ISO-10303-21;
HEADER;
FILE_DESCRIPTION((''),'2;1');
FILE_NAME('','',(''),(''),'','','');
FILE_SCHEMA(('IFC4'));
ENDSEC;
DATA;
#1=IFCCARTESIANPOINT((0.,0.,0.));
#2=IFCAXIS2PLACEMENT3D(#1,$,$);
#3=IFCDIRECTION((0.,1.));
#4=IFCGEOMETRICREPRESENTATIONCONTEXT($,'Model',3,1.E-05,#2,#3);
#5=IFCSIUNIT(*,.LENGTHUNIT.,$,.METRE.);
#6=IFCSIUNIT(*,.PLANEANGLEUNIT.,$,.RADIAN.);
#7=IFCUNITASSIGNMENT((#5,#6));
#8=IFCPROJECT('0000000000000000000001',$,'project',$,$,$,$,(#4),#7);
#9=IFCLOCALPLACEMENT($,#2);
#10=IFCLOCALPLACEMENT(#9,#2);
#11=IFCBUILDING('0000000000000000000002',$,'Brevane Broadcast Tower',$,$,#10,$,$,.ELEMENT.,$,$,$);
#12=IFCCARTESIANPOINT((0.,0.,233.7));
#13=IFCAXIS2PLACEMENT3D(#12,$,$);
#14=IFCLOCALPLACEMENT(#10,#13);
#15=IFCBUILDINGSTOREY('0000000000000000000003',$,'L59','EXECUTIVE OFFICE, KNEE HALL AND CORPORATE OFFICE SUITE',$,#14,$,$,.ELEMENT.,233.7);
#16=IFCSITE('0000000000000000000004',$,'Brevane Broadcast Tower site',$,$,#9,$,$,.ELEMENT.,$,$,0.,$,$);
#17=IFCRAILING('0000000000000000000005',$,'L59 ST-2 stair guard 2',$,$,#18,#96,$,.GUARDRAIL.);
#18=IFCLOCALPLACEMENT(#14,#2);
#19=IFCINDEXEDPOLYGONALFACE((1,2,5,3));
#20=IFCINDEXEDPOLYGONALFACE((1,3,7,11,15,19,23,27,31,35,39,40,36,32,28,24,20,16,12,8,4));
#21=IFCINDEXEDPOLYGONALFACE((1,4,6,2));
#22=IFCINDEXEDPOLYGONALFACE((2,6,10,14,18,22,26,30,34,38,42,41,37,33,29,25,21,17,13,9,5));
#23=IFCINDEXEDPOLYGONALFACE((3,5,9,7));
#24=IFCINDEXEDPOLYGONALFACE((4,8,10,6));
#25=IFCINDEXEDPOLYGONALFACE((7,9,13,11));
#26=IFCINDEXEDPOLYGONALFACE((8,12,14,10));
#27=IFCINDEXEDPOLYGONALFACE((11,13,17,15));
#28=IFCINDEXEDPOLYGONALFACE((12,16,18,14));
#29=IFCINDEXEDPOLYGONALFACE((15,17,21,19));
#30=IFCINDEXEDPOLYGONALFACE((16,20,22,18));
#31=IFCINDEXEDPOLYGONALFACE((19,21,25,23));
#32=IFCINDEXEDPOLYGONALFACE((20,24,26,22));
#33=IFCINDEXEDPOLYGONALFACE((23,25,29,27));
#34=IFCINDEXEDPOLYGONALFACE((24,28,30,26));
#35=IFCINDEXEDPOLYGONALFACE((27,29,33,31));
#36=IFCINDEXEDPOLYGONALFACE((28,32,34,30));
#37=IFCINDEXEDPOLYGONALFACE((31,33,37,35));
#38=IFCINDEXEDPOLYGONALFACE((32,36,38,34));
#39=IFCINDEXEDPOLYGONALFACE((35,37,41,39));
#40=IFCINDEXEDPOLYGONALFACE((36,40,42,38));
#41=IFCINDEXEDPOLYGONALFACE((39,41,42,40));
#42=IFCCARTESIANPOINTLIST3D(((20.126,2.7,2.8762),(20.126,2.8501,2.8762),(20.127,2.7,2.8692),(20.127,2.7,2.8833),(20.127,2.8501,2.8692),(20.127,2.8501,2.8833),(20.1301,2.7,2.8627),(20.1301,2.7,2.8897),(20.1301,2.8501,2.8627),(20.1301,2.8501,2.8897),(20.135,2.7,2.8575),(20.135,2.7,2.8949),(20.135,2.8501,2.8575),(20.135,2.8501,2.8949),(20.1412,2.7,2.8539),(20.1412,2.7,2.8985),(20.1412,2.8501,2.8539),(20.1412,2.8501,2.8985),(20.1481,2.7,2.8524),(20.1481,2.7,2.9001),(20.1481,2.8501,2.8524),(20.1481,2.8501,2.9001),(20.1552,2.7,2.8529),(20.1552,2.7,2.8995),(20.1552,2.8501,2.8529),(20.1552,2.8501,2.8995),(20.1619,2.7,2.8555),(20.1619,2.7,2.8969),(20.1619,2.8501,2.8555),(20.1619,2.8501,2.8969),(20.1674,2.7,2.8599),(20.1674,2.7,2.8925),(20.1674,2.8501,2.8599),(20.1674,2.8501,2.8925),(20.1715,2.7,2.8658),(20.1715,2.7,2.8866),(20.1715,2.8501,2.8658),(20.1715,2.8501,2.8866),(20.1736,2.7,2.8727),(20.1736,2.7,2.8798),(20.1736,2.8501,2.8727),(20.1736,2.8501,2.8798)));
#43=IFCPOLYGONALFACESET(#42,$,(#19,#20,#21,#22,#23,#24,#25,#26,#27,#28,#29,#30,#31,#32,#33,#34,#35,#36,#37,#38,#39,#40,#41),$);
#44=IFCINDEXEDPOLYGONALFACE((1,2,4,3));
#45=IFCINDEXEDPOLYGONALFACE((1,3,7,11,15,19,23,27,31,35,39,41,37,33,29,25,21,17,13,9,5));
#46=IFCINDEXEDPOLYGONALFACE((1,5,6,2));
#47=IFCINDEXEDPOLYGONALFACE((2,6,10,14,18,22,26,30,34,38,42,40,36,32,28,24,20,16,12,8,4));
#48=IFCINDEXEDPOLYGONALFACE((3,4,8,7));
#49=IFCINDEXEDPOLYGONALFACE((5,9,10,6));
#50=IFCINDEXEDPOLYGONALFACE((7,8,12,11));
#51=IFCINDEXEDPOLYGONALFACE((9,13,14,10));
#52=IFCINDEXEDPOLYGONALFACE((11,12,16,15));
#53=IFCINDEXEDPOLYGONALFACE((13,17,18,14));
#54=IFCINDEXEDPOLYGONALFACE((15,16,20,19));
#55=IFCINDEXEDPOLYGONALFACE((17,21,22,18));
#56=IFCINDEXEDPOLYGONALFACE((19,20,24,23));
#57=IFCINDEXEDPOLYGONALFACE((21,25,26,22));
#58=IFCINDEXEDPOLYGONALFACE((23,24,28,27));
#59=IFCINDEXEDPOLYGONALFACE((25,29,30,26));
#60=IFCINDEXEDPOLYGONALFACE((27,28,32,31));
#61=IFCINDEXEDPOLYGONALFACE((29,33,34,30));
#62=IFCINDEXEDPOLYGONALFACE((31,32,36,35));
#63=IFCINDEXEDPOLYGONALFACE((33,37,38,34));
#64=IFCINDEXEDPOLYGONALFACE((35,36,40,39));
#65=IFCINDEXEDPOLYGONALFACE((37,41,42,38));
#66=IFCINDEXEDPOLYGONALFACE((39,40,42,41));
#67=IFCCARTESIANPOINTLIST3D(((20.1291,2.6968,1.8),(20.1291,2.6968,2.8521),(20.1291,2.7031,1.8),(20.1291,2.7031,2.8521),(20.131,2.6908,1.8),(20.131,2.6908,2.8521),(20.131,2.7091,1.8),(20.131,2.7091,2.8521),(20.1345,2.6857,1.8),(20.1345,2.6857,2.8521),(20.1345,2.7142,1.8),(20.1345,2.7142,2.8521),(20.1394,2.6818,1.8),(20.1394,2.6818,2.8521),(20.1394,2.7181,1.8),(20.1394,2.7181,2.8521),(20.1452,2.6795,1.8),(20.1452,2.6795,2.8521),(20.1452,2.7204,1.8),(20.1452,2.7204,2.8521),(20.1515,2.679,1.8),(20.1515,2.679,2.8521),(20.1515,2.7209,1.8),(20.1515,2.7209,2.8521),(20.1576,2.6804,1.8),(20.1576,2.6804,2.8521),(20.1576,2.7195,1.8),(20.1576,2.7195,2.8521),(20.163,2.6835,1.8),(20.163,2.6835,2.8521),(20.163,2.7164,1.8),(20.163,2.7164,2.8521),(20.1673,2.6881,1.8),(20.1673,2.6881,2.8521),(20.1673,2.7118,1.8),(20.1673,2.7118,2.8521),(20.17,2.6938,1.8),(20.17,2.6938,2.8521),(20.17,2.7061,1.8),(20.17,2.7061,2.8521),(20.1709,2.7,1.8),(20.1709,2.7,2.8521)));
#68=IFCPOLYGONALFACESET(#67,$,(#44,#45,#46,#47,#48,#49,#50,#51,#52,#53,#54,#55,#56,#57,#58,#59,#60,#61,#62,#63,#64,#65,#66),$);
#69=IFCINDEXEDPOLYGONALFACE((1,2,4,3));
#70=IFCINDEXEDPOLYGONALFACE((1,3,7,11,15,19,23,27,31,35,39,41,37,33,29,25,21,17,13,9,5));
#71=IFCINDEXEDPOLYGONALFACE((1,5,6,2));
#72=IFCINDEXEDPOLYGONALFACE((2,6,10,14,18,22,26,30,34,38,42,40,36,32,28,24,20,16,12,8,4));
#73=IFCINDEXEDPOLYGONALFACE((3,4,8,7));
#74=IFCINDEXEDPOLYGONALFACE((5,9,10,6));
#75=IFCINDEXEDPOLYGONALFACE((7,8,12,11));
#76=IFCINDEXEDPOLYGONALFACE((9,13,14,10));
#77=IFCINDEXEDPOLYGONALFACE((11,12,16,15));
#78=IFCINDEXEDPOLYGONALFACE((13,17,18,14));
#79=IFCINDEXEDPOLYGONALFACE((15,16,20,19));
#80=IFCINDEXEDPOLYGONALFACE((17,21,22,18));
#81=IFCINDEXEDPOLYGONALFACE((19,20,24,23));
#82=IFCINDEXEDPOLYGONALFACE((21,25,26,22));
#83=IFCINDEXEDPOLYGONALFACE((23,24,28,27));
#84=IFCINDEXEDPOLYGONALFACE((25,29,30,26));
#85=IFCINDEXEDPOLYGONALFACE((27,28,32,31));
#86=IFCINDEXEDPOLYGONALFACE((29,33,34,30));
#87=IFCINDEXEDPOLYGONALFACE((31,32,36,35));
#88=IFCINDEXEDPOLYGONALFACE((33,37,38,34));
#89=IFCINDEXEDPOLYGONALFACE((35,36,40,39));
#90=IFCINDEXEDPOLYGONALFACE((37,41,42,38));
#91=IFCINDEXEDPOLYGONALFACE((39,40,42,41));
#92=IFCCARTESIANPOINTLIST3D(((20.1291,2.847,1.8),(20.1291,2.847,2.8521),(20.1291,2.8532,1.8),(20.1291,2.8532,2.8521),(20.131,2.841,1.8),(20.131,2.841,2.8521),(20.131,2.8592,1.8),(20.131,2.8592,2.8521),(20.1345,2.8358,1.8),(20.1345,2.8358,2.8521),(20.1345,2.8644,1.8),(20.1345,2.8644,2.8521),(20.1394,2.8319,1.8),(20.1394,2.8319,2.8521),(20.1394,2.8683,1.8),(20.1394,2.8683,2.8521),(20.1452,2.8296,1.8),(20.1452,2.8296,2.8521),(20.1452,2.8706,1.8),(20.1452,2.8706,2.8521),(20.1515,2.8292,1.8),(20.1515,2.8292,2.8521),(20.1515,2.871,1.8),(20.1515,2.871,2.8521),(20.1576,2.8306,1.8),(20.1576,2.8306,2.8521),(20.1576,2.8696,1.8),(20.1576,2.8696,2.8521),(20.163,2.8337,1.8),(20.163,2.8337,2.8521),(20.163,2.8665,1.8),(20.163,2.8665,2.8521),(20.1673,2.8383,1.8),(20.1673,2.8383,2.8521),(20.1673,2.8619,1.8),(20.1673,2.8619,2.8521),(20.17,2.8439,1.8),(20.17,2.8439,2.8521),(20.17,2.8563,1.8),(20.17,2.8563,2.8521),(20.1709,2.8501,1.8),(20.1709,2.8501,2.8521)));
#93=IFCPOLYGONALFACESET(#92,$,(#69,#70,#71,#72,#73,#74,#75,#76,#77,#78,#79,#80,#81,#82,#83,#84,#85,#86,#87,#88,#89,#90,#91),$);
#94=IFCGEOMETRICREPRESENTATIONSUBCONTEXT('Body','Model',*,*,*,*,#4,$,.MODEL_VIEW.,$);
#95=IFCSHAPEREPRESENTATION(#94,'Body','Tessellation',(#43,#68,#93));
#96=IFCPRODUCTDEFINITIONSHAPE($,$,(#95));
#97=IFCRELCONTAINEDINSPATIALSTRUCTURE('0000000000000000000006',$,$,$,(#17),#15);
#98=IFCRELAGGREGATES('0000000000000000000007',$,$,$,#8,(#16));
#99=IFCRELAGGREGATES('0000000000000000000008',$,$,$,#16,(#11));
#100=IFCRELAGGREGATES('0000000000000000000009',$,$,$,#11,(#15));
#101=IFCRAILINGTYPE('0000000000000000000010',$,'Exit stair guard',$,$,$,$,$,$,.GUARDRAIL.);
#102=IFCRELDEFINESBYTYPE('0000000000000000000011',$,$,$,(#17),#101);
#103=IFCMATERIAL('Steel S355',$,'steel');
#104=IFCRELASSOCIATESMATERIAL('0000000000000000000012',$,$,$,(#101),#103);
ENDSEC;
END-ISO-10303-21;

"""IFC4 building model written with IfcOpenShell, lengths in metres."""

from ifc_helpers import new_model, si_unit, direction, frame, origin, origin_2d, place, context, subcontext, project, spatial, circle, extrude, material, type_object, element, save


model = new_model("IFC4")

# Units and contexts
model_context = context("Model", 3, precision=1e-05, world=origin(), true_north=direction((0.0, 1.0)))
body_context = subcontext(model_context, "Body", "Model", "MODEL_VIEW")
ifc_project = project(units=[si_unit("LENGTHUNIT", "METRE"), si_unit("PLANEANGLEUNIT", "RADIAN")], contexts=[model_context])

# Site, building, storey
site_placement = place(None, origin())
site = spatial("IfcSite", under=ifc_project, at=site_placement, Name="Brevane Broadcast Tower site", CompositionType="ELEMENT", RefElevation=0.0)
building_placement = place(site_placement, origin())
building = spatial("IfcBuilding", under=site, at=building_placement, Name="Brevane Broadcast Tower", CompositionType="ELEMENT")
storey_placement = place(building_placement, frame((0.0, 0.0, 233.7)))
storey = spatial("IfcBuildingStorey", under=building, at=storey_placement, Name="L59", Description="EXECUTIVE OFFICE, KNEE HALL AND CORPORATE OFFICE SUITE", CompositionType="ELEMENT", Elevation=233.7)

# Railing
ifc_material_1 = material(Name="Steel S355", Category="steel")
railing_type_1 = type_object("IfcRailingType", Name="Exit stair guard", PredefinedType="GUARDRAIL", material=ifc_material_1)
railing_1_placement = place(storey_placement, frame((20.1499, 2.7, 1.8)))
element("IfcRailing", 1, at=railing_1_placement, inside=storey, type_object=railing_type_1, Name="L59 ST-2 stair guard 2", PredefinedType="GUARDRAIL", context=body_context, shape_type="SweptSolid", body=[
    extrude(circle(Radius=0.0239, at=origin_2d()), frame((0.0, 0.0, 1.0762), z_axis=(0.0, 1.0, 0.0), x_axis=(-1.0, 0.0, 0.0)), (0.0, 0.0, 1.0), 0.1501),
    extrude(circle(Radius=0.021, at=origin_2d()), origin(), (0.0, 0.0, 1.0), 1.052),
    extrude(circle(Radius=0.021, at=origin_2d()), frame((0.0, 0.1501, 0.0)), (0.0, 0.0, 1.0), 1.052),
])

save(model, "model.ifc")
